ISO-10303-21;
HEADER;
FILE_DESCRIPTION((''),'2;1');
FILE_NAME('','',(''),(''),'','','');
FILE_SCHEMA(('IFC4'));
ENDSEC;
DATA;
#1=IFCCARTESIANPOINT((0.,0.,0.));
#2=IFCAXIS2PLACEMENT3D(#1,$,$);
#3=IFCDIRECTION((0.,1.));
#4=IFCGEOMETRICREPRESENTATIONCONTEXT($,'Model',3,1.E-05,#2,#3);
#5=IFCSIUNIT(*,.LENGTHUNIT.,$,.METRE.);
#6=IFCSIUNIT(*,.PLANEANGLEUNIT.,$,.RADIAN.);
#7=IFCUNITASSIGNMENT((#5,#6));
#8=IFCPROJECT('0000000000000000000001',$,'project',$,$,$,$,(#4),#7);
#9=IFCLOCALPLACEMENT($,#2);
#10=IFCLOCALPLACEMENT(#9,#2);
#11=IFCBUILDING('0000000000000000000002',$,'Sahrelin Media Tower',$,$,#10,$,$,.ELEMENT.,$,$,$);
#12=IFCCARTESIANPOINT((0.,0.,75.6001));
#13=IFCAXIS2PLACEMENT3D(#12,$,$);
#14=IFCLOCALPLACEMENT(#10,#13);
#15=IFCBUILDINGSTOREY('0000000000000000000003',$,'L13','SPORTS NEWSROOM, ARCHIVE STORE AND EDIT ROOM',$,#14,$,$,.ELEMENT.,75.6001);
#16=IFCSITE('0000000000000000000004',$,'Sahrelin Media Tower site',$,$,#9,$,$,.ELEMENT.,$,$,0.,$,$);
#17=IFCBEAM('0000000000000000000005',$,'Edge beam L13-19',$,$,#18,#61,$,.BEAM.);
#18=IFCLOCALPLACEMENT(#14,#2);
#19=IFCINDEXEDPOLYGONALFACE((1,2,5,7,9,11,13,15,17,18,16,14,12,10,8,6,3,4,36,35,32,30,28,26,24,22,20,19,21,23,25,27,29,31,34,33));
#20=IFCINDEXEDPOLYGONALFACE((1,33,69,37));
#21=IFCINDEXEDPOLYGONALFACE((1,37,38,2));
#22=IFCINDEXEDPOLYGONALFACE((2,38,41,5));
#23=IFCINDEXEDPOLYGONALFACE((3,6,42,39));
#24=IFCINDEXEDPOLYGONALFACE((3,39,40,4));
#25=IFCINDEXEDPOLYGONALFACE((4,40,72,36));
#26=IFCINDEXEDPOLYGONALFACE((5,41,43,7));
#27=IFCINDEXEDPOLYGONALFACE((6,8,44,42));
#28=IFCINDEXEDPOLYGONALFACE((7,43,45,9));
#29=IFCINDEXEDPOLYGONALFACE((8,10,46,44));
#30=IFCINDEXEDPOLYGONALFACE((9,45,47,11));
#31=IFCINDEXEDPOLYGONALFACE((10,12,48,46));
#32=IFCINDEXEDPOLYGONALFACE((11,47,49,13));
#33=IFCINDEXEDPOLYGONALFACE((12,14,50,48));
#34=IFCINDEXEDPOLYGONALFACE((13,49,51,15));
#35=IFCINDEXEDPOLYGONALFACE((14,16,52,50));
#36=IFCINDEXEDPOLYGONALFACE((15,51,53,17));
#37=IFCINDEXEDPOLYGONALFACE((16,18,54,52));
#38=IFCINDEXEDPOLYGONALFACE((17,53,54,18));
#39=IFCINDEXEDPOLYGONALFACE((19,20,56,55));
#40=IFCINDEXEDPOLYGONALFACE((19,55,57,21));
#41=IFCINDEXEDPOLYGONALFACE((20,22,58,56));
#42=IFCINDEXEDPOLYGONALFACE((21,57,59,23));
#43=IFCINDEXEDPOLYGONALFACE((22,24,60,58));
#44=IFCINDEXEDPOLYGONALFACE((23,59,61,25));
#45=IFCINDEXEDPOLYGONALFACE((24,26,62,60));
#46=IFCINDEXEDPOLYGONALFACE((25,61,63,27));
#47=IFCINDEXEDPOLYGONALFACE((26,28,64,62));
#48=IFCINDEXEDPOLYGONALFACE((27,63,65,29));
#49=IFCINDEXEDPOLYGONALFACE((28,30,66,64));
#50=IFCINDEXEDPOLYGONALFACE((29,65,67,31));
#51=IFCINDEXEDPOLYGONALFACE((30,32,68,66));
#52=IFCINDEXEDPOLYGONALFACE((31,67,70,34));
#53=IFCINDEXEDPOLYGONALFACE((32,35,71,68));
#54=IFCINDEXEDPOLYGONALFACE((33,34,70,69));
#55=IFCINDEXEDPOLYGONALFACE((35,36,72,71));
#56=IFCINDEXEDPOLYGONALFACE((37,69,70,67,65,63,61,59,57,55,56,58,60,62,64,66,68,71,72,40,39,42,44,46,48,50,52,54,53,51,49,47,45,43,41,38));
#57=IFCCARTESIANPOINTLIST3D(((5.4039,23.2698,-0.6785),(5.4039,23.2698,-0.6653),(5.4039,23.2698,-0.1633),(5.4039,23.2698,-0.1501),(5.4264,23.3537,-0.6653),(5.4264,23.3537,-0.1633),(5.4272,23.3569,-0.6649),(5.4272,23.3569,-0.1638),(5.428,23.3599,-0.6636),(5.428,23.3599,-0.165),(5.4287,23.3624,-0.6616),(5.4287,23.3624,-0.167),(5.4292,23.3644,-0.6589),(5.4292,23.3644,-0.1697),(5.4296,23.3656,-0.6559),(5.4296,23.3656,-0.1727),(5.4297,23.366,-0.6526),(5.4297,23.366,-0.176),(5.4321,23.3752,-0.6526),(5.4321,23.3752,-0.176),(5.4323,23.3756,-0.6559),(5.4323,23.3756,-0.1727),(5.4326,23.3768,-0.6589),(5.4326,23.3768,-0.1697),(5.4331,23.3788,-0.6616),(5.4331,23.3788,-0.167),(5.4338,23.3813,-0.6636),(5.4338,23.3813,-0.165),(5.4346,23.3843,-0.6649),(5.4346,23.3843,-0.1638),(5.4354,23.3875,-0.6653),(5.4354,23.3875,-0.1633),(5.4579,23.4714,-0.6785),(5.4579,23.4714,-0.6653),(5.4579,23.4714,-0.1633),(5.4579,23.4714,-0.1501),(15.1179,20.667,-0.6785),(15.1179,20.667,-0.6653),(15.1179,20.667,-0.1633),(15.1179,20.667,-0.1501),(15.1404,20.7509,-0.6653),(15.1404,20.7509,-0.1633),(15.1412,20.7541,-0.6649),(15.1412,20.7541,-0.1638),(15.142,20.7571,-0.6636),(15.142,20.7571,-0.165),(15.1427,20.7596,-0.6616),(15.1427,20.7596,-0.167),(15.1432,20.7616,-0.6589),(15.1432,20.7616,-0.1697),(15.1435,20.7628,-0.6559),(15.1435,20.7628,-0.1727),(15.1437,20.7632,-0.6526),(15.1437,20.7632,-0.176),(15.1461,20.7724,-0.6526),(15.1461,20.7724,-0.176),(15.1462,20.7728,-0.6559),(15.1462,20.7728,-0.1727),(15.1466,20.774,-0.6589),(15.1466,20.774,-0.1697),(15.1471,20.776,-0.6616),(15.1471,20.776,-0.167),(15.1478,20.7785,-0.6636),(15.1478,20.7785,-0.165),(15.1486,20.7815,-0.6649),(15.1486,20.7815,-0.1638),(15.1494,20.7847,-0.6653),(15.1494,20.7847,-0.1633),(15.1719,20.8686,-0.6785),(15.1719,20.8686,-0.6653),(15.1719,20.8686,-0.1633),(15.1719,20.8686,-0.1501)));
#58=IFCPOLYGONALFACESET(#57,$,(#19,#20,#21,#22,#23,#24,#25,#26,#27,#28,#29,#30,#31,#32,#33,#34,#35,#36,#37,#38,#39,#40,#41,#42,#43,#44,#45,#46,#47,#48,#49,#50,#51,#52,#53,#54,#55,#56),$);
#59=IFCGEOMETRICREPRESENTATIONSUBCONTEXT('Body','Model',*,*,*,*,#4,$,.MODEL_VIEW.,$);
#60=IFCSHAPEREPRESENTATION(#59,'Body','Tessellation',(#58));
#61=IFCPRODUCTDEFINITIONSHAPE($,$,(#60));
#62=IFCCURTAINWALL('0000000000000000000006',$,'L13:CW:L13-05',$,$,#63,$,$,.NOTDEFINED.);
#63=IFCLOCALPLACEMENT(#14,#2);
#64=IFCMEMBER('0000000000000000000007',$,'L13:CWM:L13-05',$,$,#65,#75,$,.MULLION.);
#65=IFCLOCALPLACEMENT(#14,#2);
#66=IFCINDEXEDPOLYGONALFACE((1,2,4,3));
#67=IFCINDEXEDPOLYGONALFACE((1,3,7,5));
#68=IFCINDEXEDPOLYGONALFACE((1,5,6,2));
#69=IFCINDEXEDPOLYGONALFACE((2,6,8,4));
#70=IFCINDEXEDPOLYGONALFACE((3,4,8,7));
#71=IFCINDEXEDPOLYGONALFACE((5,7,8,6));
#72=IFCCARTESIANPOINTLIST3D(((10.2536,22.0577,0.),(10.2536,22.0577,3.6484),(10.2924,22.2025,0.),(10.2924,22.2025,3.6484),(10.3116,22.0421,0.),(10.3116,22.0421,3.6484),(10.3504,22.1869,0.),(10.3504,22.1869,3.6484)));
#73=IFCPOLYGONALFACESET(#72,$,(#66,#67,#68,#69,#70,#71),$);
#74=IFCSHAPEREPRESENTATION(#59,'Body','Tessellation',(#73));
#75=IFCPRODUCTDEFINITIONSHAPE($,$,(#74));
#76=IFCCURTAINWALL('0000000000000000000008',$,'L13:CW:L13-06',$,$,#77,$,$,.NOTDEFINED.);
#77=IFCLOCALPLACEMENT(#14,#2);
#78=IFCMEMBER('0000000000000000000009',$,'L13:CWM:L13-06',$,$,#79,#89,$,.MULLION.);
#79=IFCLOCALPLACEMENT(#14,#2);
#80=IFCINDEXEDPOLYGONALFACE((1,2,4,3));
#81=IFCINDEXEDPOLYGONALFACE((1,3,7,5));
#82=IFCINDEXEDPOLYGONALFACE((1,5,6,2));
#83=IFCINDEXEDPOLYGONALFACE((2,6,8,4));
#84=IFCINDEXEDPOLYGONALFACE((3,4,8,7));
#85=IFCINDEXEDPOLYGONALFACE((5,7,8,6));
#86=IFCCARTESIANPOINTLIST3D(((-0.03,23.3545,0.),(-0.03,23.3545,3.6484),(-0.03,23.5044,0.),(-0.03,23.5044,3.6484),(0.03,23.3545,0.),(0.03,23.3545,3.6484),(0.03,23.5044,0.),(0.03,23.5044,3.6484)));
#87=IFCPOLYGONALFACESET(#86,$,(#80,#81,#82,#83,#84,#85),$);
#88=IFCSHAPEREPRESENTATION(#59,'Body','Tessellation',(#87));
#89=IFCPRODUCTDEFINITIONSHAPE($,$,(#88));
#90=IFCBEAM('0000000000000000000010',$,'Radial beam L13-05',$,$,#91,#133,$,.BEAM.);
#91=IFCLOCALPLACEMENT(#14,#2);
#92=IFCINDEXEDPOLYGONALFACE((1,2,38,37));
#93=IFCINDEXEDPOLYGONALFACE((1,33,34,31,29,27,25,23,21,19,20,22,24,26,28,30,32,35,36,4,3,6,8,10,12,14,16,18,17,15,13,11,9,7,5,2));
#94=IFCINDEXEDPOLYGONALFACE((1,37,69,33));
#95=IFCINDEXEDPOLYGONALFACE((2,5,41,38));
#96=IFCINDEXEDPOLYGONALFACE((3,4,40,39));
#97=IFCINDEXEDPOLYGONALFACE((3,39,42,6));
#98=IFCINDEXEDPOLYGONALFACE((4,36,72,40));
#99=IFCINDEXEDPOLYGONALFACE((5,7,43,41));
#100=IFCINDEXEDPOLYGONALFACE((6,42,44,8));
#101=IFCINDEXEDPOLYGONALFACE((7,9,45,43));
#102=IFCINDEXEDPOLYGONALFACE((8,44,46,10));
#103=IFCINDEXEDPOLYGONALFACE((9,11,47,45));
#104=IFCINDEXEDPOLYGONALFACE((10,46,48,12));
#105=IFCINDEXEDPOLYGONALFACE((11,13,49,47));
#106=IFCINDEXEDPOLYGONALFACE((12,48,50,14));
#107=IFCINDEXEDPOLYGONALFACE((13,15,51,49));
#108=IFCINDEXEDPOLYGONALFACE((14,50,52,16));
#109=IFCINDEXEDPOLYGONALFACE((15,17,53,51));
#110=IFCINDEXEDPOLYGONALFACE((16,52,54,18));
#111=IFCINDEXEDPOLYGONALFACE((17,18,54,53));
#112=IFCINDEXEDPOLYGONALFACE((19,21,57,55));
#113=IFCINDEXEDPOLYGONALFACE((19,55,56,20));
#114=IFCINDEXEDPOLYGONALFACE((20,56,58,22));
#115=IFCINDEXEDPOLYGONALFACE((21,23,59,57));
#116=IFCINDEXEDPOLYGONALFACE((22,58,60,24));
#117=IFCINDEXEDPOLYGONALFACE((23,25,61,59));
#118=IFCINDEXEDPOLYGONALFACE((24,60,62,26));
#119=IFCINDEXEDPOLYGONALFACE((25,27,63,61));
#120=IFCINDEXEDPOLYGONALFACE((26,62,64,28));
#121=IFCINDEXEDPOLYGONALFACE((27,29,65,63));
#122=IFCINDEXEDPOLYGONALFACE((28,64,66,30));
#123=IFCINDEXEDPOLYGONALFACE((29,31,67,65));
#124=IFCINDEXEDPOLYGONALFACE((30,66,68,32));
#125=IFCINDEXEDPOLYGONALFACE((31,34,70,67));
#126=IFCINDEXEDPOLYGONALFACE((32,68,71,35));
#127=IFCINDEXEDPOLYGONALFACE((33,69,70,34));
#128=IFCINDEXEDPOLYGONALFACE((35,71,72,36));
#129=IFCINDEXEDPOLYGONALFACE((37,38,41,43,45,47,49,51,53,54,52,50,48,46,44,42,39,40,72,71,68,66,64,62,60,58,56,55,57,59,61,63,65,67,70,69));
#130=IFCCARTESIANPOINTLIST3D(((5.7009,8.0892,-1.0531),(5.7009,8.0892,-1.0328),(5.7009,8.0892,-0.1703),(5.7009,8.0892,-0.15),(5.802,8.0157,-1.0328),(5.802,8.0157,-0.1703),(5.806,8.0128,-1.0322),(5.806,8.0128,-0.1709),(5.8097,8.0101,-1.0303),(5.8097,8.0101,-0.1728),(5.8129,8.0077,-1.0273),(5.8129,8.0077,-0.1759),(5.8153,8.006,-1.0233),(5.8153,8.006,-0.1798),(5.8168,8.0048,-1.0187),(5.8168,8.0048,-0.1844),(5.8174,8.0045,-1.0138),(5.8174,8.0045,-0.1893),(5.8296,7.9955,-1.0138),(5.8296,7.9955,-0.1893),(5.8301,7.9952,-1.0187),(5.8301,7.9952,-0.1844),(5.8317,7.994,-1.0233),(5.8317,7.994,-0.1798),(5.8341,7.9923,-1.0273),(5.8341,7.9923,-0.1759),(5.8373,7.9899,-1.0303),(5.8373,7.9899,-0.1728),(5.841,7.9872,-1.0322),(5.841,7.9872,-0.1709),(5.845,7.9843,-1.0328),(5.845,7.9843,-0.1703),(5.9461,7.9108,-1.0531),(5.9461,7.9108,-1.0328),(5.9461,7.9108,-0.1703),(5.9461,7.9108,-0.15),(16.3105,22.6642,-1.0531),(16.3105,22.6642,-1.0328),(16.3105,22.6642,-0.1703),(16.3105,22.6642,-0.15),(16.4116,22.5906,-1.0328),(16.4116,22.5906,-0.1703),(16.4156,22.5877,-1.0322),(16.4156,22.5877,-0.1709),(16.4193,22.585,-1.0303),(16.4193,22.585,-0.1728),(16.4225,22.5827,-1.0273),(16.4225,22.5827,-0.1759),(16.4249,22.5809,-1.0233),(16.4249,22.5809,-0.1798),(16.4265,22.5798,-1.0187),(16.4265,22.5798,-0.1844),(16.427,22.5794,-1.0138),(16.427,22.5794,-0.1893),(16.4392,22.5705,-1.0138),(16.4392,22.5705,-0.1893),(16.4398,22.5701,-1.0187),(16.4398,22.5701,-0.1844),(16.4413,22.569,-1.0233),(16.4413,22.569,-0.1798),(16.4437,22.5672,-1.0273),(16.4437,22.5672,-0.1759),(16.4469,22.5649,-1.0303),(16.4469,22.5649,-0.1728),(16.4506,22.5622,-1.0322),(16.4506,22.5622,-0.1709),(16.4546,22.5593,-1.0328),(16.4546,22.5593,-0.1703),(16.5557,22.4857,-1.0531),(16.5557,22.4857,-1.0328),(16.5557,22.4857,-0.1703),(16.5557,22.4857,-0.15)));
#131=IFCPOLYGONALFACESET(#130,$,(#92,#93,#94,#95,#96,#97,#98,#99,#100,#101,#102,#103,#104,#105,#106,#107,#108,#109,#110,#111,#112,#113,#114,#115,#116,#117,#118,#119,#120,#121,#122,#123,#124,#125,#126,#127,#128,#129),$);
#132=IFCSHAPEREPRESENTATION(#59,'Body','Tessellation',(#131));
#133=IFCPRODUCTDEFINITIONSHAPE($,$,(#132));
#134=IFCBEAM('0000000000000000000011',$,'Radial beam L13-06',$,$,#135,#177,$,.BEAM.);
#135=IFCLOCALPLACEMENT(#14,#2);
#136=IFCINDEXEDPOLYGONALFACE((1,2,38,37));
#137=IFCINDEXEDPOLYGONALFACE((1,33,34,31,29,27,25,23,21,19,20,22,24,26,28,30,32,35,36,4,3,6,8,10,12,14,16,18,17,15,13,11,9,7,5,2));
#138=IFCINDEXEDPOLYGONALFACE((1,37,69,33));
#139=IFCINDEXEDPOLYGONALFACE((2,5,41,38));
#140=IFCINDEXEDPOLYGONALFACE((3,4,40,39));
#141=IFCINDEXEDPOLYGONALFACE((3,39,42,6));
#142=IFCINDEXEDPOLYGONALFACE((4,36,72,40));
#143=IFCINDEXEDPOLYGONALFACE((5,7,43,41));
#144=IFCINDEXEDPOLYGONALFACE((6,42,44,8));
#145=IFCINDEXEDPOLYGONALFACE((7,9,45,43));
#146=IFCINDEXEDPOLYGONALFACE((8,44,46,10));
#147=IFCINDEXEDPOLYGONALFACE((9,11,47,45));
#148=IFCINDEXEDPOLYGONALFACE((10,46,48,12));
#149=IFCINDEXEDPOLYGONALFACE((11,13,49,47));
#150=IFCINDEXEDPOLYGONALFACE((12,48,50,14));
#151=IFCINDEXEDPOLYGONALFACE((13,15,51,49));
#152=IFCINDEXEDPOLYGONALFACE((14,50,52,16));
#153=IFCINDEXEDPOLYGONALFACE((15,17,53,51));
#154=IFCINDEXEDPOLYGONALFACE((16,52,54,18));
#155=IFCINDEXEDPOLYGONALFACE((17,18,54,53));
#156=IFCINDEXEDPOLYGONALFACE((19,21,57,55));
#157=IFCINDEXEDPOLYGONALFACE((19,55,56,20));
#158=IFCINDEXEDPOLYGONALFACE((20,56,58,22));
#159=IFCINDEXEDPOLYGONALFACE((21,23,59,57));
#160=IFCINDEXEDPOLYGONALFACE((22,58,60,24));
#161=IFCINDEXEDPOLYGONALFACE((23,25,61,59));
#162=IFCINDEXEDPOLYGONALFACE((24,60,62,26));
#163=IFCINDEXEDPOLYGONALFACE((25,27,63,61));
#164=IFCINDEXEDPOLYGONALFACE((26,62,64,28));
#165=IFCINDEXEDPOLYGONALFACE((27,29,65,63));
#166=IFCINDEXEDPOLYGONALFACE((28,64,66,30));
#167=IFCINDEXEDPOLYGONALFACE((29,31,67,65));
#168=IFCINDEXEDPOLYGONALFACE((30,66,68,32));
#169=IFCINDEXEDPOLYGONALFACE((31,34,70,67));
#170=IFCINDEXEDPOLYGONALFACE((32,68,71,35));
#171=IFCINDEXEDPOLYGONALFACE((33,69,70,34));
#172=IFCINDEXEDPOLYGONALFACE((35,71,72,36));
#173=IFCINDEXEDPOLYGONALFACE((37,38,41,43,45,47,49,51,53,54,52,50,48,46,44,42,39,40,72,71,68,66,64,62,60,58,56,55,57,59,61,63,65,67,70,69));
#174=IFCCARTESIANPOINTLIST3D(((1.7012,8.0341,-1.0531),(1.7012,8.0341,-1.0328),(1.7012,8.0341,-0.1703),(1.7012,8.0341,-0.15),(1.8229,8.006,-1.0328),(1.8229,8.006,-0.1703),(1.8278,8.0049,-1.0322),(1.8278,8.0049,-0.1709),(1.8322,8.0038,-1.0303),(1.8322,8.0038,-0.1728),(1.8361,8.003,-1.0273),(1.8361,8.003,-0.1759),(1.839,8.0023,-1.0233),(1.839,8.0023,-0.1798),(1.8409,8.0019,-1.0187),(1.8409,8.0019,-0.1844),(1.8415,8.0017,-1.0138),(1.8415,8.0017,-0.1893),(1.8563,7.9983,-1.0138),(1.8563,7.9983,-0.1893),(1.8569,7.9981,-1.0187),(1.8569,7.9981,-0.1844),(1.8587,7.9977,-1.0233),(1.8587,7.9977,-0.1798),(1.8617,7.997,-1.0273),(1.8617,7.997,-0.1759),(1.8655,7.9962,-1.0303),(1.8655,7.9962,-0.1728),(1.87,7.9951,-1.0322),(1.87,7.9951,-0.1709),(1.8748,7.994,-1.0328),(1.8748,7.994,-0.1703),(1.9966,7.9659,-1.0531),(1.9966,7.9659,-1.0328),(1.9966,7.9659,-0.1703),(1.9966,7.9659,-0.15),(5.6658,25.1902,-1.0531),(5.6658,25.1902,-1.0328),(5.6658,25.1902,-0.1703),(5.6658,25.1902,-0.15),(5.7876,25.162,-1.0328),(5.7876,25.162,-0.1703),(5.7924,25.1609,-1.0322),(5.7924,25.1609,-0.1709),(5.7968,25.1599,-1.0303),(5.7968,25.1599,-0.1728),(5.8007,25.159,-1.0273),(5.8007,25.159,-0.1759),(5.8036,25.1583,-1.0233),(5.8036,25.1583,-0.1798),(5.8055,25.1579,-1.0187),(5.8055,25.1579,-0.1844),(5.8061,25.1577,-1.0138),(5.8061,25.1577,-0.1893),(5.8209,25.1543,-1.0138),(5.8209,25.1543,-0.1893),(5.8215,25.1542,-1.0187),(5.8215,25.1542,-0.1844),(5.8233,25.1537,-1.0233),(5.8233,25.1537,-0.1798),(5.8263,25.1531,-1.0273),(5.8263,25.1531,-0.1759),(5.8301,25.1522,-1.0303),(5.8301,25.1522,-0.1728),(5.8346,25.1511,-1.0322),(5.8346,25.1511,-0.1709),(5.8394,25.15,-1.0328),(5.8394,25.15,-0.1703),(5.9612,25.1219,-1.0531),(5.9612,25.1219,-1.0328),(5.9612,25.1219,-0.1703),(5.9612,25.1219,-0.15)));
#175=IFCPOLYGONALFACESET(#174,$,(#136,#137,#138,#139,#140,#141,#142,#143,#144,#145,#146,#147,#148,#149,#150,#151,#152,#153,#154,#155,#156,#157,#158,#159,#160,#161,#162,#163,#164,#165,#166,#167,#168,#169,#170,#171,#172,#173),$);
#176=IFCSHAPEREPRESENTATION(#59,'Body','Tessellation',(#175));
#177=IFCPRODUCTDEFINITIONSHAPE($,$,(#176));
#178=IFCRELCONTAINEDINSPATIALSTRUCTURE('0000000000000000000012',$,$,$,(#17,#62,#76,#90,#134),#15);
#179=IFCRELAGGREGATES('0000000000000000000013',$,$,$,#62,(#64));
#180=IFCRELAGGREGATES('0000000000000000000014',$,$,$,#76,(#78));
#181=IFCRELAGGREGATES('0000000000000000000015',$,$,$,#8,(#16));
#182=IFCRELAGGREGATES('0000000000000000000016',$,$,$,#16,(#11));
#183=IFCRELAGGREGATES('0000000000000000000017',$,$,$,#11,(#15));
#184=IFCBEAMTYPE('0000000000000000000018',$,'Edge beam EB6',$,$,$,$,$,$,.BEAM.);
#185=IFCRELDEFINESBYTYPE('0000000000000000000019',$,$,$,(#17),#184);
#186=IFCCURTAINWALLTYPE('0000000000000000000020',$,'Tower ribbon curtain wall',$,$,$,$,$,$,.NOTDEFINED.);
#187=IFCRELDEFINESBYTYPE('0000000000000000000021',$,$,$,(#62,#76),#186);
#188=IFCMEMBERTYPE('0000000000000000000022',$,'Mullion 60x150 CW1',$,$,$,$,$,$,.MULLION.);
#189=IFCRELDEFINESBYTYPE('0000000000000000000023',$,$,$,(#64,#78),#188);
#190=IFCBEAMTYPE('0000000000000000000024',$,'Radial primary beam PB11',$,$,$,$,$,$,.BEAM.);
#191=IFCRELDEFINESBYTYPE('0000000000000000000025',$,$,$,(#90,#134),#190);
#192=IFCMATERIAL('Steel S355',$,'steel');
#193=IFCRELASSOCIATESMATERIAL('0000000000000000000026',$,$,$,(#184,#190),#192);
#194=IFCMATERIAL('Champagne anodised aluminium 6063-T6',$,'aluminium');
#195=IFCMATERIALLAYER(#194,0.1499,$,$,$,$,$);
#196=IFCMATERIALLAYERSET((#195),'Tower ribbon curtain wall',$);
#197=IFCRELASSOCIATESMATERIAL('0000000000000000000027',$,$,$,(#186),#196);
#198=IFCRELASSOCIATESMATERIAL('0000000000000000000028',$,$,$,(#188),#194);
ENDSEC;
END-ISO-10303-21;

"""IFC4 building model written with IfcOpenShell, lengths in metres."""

from ifc_helpers import new_model, si_unit, direction, frame, origin, origin_2d, place, context, subcontext, project, spatial, rectangle, i_section, extrude, material, layer, layer_set, material_profile, profile_set, type_object, element, aggregate, save


model = new_model("IFC4")

# Units and contexts
model_context = context("Model", 3, precision=1e-05, world=origin(), true_north=direction((0.0, 1.0)))
body_context = subcontext(model_context, "Body", "Model", "MODEL_VIEW")
ifc_project = project(units=[si_unit("LENGTHUNIT", "METRE"), si_unit("PLANEANGLEUNIT", "RADIAN")], contexts=[model_context])

# Site, building, storey
site_placement = place(None, origin())
site = spatial("IfcSite", under=ifc_project, at=site_placement, Name="Sahrelin Media Tower site", CompositionType="ELEMENT", RefElevation=0.0)
building_placement = place(site_placement, origin())
building = spatial("IfcBuilding", under=site, at=building_placement, Name="Sahrelin Media Tower", CompositionType="ELEMENT")
storey_placement = place(building_placement, frame((0.0, 0.0, 75.6001)))
storey = spatial("IfcBuildingStorey", under=building, at=storey_placement, Name="L13", Description="SPORTS NEWSROOM, ARCHIVE STORE AND EDIT ROOM", CompositionType="ELEMENT", Elevation=75.6001)

# Beam
ifc_material_1 = material(Name="Steel S355", Category="steel")
ifc_material_profile_1 = material_profile(ifc_material_1, i_section(OverallWidth=0.2087, OverallDepth=0.5283, WebThickness=0.0095, FlangeThickness=0.0132, FilletRadius=0.0127, at=origin_2d()), Name="UB 533x210x82")
ifc_profile_set_1 = profile_set([ifc_material_profile_1], Name="Steel S355")
beam_type_1 = type_object("IfcBeamType", Name="Edge beam EB6", PredefinedType="BEAM", material=ifc_profile_set_1)
beam_1_placement = place(storey_placement, frame((5.4309, 23.3706, -0.4143), z_axis=(0.965927, -0.258815, 0.0), x_axis=(0.258815, 0.965927, 0.0)))
element("IfcBeam", 1, at=beam_1_placement, inside=storey, type_object=beam_type_1, Name="Edge beam L13-19", PredefinedType="BEAM", context=body_context, shape_type="SweptSolid", body=[
    extrude(i_section(OverallWidth=0.2087, OverallDepth=0.5283, WebThickness=0.0095, FlangeThickness=0.0132, FilletRadius=0.0127, at=origin_2d()), origin(), (0.0, 0.0, 1.0), 10.0566),
])

# Curtain walls, members
ifc_material_2 = material(Name="Champagne anodised aluminium 6063-T6", Category="aluminium")
ifc_layer_1 = layer(ifc_material_2, 0.1499)
ifc_layer_set_1 = layer_set([ifc_layer_1], Name="Tower ribbon curtain wall")
curtain_wall_type = type_object("IfcCurtainWallType", Name="Tower ribbon curtain wall", PredefinedType="NOTDEFINED", material=ifc_layer_set_1)
curtain_wall_1_placement = place(storey_placement, frame((10.3264, 22.2141, 0.0), z_axis=(0.0, 0.0, 1.0), x_axis=(1.0, 0.0, 0.0)))
curtain_wall_1 = element("IfcCurtainWall", 2, at=curtain_wall_1_placement, inside=storey, type_object=curtain_wall_type, Name="L13:CW:L13-05", PredefinedType="NOTDEFINED")
ifc_material_profile_2 = material_profile(ifc_material_2, rectangle(XDim=0.0601, YDim=0.1499, at=origin_2d()), Name="Mullion 60x150")
ifc_profile_set_2 = profile_set([ifc_material_profile_2], Name="Champagne anodised aluminium 6063-T6")
member_type_1 = type_object("IfcMemberType", Name="Mullion 60x150 CW1", PredefinedType="MULLION", material=ifc_profile_set_2)
member_1_placement = place(storey_placement, frame((10.302, 22.1223, 0.0), z_axis=(0.0, 0.0, 1.0), x_axis=(-0.965925, 0.258822, 0.0)))
member_1 = element("IfcMember", 3, at=member_1_placement, type_object=member_type_1, Name="L13:CWM:L13-05", PredefinedType="MULLION", context=body_context, shape_type="SweptSolid", body=[
    extrude(rectangle(XDim=0.0601, YDim=0.1499, at=origin_2d()), origin(), (0.0, 0.0, 1.0), 3.6484),
])
aggregate(curtain_wall_1, [member_1])
placement = place(storey_placement, frame((0.0, 23.5244, 0.0), z_axis=(0.0, 0.0, 1.0), x_axis=(1.0, 0.0, 0.0)))
curtain_wall_2 = element("IfcCurtainWall", 4, at=placement, inside=storey, type_object=curtain_wall_type, Name="L13:CW:L13-06", PredefinedType="NOTDEFINED")
member_2_placement = place(storey_placement, frame((0.0, 23.4294, 0.0), z_axis=(0.0, 0.0, 1.0), x_axis=(-1.0, 0.0, 0.0)))
member_2 = element("IfcMember", 5, at=member_2_placement, type_object=member_type_1, Name="L13:CWM:L13-06", PredefinedType="MULLION", context=body_context, shape_type="SweptSolid", body=[
    extrude(rectangle(XDim=0.0601, YDim=0.1499, at=origin_2d()), origin(), (0.0, 0.0, 1.0), 3.6484),
])

# Beams
ifc_material_profile_3 = material_profile(ifc_material_1, i_section(OverallWidth=0.3032, OverallDepth=0.9031, WebThickness=0.0151, FlangeThickness=0.0203, FilletRadius=0.019, at=origin_2d()), Name="UB 914x305x201")
ifc_profile_set_3 = profile_set([ifc_material_profile_3], Name="Steel S355")
beam_type_2 = type_object("IfcBeamType", Name="Radial primary beam PB11", PredefinedType="BEAM", material=ifc_profile_set_3)
beam_2_placement = place(storey_placement, frame((5.8235, 8.0, -0.6016), z_axis=(0.588522, 0.808481, 0.0), x_axis=(-0.808481, 0.588522, 0.0)))
element("IfcBeam", 6, at=beam_2_placement, inside=storey, type_object=beam_type_2, Name="Radial beam L13-05", PredefinedType="BEAM", context=body_context, shape_type="SweptSolid", body=[
    extrude(i_section(OverallWidth=0.3032, OverallDepth=0.9031, WebThickness=0.0151, FlangeThickness=0.0203, FilletRadius=0.019, at=origin_2d()), origin(), (0.0, 0.0, 1.0), 18.0276),
])
beam_3_placement = place(storey_placement, frame((1.8489, 8.0, -0.6016), z_axis=(0.225157, 0.974322, 0.0), x_axis=(-0.974322, 0.225157, 0.0)))
element("IfcBeam", 7, at=beam_3_placement, inside=storey, type_object=beam_type_2, Name="Radial beam L13-06", PredefinedType="BEAM", context=body_context, shape_type="SweptSolid", body=[
    extrude(i_section(OverallWidth=0.3032, OverallDepth=0.9031, WebThickness=0.0151, FlangeThickness=0.0203, FilletRadius=0.019, at=origin_2d()), origin(), (0.0, 0.0, 1.0), 17.6082),
])

aggregate(curtain_wall_2, [member_2])

save(model, "model.ifc")
